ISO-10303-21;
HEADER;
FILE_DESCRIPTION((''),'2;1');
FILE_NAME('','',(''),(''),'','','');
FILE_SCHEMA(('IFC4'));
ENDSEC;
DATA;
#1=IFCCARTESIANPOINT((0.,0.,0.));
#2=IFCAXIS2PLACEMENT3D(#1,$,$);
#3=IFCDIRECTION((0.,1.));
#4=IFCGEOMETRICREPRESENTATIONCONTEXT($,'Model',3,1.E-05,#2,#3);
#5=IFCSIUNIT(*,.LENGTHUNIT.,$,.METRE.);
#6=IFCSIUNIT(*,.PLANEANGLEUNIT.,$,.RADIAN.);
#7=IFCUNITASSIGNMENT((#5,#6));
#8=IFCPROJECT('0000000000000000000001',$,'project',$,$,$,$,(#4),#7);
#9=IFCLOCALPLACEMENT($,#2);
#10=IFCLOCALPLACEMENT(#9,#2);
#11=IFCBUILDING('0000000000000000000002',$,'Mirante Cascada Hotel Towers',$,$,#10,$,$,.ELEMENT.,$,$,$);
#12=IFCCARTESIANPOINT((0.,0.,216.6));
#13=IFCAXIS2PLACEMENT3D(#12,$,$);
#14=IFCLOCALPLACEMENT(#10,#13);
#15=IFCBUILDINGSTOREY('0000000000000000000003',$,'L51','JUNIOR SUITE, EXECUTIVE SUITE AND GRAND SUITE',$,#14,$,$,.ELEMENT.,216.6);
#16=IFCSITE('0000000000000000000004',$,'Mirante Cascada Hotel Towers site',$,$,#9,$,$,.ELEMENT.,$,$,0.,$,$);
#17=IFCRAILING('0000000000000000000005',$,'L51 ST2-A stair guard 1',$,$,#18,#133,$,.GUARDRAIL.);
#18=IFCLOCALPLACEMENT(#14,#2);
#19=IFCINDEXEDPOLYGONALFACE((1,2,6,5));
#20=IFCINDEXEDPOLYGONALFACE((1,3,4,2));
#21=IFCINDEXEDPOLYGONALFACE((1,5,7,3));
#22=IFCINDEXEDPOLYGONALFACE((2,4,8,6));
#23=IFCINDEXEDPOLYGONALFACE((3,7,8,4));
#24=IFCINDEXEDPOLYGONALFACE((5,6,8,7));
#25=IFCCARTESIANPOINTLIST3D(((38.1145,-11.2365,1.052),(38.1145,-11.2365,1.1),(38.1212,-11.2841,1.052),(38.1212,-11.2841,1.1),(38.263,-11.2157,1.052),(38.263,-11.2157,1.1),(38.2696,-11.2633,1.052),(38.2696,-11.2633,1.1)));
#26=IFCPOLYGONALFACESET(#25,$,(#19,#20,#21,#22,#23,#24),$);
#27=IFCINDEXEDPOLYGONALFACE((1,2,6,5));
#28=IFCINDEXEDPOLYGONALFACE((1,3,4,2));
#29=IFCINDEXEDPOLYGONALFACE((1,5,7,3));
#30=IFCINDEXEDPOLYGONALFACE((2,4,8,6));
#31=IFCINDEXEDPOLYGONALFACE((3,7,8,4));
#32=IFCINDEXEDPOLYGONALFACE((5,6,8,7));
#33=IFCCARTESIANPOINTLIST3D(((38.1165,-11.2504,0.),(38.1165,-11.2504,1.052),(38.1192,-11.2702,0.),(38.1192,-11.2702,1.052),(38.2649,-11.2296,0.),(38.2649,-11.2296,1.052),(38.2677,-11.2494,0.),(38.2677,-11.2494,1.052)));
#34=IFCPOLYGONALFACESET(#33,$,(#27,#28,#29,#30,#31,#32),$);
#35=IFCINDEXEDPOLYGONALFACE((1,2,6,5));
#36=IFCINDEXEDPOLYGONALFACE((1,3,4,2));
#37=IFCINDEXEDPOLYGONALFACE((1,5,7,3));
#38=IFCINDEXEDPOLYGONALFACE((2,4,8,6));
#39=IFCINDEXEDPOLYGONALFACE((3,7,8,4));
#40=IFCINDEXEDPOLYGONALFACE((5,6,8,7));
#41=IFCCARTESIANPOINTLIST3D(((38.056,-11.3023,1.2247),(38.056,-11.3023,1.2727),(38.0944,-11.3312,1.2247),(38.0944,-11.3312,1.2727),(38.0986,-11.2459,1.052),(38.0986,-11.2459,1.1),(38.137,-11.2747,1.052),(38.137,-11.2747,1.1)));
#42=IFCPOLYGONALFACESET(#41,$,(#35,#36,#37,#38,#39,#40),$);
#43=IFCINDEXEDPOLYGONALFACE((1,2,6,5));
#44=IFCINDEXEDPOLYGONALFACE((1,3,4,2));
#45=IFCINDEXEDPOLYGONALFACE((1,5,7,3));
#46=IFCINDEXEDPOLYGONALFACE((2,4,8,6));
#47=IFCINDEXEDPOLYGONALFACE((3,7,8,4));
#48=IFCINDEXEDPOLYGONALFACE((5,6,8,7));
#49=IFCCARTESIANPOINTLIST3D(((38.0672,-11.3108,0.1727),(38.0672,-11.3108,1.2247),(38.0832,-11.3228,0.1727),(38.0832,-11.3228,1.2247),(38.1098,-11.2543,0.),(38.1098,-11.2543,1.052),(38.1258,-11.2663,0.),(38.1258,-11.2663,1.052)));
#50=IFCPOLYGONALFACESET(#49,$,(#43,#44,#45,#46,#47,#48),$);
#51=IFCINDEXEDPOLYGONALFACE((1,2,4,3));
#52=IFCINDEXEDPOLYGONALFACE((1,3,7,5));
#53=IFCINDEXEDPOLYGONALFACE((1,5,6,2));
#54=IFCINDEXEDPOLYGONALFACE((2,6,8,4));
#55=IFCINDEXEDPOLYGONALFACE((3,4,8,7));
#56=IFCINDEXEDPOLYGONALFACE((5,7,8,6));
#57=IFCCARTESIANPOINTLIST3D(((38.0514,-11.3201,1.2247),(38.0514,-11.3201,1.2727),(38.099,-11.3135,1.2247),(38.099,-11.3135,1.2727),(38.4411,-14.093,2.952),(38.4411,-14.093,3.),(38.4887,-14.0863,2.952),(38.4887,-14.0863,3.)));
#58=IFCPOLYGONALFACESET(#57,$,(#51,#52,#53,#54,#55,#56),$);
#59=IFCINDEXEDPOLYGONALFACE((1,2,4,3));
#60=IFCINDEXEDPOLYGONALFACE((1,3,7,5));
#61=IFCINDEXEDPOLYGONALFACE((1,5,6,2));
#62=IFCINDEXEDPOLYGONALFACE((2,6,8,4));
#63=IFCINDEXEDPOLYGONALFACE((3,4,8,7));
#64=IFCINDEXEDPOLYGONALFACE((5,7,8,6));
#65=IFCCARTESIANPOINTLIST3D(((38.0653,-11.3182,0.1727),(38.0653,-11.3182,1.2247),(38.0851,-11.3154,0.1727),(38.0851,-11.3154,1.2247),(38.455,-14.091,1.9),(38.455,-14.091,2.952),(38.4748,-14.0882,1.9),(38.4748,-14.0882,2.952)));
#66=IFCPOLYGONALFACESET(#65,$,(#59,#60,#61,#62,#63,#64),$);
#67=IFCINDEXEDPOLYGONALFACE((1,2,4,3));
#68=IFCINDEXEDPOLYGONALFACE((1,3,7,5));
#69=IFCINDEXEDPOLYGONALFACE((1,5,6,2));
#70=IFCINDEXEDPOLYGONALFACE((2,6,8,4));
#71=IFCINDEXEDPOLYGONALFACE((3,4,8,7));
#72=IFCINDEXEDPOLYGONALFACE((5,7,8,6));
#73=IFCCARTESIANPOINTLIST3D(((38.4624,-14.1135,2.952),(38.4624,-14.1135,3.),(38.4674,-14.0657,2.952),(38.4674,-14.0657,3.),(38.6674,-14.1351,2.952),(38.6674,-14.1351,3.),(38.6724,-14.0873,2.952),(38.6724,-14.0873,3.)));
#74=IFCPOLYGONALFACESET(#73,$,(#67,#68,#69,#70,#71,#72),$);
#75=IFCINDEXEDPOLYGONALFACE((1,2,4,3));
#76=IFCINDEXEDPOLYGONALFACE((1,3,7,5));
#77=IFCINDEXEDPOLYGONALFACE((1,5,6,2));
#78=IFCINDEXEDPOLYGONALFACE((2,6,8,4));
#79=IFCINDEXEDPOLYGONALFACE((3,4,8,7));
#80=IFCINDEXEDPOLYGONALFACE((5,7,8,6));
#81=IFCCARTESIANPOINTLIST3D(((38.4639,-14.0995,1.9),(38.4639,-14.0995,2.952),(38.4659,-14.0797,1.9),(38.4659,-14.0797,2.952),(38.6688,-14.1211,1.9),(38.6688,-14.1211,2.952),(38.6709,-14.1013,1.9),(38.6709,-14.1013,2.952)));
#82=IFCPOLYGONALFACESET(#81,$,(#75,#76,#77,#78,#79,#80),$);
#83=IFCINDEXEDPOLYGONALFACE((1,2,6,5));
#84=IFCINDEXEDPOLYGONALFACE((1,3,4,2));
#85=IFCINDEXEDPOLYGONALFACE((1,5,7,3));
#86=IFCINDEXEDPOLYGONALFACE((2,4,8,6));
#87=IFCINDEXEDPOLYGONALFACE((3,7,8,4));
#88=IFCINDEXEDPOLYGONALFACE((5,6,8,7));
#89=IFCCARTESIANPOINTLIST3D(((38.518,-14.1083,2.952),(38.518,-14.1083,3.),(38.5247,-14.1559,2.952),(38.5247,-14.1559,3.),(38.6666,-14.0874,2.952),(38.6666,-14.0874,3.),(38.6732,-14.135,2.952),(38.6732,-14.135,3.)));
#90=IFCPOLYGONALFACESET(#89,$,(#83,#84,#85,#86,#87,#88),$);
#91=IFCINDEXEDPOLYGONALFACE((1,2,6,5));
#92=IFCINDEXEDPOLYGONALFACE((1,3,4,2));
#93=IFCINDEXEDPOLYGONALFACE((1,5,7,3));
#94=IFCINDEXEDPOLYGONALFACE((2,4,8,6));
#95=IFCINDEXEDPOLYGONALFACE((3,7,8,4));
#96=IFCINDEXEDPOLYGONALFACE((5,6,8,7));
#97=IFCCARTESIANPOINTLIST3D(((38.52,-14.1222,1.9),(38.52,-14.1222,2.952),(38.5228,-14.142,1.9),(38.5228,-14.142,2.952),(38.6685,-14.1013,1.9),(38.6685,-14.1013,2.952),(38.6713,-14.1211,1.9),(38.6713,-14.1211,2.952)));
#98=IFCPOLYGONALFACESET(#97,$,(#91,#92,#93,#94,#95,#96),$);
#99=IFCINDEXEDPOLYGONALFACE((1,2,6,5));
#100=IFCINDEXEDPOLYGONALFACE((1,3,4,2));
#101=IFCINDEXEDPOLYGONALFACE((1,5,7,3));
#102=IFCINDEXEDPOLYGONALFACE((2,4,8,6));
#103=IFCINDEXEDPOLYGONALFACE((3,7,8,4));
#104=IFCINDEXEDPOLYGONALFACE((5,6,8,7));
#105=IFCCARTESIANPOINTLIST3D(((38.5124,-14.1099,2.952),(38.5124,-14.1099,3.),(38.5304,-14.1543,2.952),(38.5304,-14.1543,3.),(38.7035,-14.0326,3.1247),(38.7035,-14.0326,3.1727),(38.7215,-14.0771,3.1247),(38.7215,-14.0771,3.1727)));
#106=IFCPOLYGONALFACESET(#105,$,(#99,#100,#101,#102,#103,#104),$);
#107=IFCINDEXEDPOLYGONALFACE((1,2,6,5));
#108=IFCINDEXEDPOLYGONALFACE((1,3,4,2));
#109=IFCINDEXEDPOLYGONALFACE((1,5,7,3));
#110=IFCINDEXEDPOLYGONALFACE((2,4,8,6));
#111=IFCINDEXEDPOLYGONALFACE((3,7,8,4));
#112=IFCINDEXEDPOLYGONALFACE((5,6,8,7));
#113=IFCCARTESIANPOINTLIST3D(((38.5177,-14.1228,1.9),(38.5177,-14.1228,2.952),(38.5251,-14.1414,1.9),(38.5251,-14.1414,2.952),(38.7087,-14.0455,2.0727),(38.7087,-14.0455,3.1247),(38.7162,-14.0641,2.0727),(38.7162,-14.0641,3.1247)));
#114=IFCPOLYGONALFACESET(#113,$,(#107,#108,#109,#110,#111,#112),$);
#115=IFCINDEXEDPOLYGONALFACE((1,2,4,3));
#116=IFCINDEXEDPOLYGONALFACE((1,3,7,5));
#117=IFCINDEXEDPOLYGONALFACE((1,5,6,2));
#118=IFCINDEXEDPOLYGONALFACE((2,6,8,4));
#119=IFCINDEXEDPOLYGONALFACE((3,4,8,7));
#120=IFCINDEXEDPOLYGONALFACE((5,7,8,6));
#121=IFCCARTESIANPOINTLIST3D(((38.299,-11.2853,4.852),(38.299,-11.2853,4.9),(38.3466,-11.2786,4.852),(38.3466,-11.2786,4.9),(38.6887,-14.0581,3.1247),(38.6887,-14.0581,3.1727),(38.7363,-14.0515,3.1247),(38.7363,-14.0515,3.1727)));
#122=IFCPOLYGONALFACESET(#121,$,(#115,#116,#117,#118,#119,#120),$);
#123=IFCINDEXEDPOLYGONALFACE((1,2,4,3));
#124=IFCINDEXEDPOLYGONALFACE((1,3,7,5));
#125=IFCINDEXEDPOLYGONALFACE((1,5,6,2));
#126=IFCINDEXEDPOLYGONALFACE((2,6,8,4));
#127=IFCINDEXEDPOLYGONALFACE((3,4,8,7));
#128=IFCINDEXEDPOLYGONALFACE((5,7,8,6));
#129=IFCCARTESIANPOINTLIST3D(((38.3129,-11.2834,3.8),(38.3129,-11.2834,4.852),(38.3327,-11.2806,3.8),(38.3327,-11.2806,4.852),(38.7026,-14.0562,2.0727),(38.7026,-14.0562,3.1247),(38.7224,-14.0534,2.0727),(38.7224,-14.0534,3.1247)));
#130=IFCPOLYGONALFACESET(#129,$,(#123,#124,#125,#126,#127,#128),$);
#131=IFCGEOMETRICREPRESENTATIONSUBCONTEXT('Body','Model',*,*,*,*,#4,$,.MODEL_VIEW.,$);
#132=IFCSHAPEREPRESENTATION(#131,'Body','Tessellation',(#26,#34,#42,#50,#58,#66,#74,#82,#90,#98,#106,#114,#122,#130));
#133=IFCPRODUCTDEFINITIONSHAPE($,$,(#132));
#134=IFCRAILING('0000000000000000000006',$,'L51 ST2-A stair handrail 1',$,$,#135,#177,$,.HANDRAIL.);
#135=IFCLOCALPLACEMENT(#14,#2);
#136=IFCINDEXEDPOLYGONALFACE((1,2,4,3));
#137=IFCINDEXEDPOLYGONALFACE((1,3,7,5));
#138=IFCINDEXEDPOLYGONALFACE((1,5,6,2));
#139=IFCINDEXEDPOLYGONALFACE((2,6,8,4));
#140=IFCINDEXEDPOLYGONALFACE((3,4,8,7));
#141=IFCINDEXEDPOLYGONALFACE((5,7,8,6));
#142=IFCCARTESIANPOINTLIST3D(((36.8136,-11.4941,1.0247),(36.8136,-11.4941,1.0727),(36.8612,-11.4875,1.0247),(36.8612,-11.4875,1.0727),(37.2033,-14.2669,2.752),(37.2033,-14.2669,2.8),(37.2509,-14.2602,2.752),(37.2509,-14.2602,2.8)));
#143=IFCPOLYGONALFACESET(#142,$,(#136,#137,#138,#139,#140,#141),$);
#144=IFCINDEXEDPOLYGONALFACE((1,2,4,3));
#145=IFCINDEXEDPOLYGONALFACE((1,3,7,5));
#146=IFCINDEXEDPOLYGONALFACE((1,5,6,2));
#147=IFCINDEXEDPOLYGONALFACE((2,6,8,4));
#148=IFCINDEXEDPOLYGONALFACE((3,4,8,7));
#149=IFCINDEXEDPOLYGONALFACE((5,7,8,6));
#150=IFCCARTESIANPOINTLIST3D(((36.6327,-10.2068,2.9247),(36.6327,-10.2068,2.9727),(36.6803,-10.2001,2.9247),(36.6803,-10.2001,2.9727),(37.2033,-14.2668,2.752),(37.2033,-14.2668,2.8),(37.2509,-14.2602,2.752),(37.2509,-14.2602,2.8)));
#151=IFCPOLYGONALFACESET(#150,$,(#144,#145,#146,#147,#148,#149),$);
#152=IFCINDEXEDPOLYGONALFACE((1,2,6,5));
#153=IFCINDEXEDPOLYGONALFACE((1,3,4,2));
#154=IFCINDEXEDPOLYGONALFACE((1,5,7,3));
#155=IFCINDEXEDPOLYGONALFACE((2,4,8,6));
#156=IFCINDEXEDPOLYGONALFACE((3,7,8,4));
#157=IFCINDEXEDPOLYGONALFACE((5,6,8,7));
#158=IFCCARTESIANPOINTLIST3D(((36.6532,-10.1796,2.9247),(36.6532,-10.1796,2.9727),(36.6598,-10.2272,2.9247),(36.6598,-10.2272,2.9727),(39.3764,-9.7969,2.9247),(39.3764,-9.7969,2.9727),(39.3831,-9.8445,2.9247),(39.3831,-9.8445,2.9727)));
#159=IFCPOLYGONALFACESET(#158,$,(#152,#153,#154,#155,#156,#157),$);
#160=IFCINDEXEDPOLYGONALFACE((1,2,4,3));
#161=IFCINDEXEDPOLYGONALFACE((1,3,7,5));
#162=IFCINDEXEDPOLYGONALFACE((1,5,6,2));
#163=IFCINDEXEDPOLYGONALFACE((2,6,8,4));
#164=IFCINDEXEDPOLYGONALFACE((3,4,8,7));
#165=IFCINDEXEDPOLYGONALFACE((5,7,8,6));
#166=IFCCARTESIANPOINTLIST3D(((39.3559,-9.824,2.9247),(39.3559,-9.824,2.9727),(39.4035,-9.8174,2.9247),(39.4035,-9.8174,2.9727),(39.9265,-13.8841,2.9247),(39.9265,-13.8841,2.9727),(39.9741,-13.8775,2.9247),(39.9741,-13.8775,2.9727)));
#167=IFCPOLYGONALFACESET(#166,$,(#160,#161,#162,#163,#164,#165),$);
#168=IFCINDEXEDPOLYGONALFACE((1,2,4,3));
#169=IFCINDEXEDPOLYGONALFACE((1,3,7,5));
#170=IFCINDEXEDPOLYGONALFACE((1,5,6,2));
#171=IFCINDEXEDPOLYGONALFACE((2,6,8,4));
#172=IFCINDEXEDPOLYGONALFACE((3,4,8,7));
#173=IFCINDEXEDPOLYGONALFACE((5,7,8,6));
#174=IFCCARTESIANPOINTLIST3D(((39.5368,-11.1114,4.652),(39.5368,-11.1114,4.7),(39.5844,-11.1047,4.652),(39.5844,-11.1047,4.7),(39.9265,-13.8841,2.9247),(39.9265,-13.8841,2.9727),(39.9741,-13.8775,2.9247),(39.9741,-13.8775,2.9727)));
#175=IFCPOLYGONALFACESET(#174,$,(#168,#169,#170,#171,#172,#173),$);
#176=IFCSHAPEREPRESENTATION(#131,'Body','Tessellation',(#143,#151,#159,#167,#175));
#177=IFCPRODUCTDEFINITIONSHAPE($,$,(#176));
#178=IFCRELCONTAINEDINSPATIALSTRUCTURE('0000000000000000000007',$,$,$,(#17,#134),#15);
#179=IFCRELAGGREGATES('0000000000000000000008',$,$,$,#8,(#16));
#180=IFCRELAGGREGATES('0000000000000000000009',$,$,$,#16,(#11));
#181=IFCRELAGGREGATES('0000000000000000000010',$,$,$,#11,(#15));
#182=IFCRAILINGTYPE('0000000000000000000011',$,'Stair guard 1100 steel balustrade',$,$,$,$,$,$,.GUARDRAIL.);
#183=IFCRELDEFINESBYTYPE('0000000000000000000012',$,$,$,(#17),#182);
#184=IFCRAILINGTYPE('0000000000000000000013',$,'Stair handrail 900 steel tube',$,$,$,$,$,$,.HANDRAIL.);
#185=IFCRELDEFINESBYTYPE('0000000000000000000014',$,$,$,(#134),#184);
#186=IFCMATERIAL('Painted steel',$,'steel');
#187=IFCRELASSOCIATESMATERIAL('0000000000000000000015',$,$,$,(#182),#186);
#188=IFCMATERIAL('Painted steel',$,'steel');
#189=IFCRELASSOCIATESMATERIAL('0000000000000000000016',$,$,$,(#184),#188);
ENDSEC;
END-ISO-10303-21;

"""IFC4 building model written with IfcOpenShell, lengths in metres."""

from ifc_helpers import new_model, si_unit, direction, frame, origin, origin_2d, place, context, subcontext, project, spatial, rectangle, extrude, material, type_object, element, save


model = new_model("IFC4")

# Units and contexts
model_context = context("Model", 3, precision=1e-05, world=origin(), true_north=direction((0.0, 1.0)))
body_context = subcontext(model_context, "Body", "Model", "MODEL_VIEW")
ifc_project = project(units=[si_unit("LENGTHUNIT", "METRE"), si_unit("PLANEANGLEUNIT", "RADIAN")], contexts=[model_context])

# Site, building, storey
site_placement = place(None, origin())
site = spatial("IfcSite", under=ifc_project, at=site_placement, Name="Mirante Cascada Hotel Towers site", CompositionType="ELEMENT", RefElevation=0.0)
building_placement = place(site_placement, origin())
building = spatial("IfcBuilding", under=site, at=building_placement, Name="Mirante Cascada Hotel Towers", CompositionType="ELEMENT")
storey_placement = place(building_placement, frame((0.0, 0.0, 216.6)))
storey = spatial("IfcBuildingStorey", under=building, at=storey_placement, Name="L51", Description="JUNIOR SUITE, EXECUTIVE SUITE AND GRAND SUITE", CompositionType="ELEMENT", Elevation=216.6)

# Railings
ifc_material_1 = material(Name="Painted steel", Category="steel")
railing_type_1 = type_object("IfcRailingType", Name="Stair guard 1100 steel balustrade", PredefinedType="GUARDRAIL", material=ifc_material_1)
railing_1_placement = place(storey_placement, frame((38.2663, -11.2395, 0.0)))
element("IfcRailing", 1, at=railing_1_placement, inside=storey, type_object=railing_type_1, Name="L51 ST2-A stair guard 1", PredefinedType="GUARDRAIL", context=body_context, shape_type="SweptSolid", body=[
    extrude(rectangle(XDim=0.048, YDim=0.048, at=origin_2d()), frame((0.0, 0.0, 1.076), z_axis=(-0.990333, -0.138713, 0.0), x_axis=(0.138713, -0.990333, 0.0)), (0.0, 0.0, 1.0), 0.1499),
    extrude(rectangle(XDim=0.02, YDim=1.052, at=origin_2d()), frame((0.0, 0.0, 0.526), z_axis=(-0.990333, -0.138713, 0.0), x_axis=(0.138713, -0.990333, 0.0)), (0.0, 0.0, 1.0), 0.1499),
    extrude(rectangle(XDim=0.048, YDim=0.048, at=origin_2d()), frame((-0.1485, -0.0208, 1.076), z_axis=(-0.602033, -0.798471, 0.0), x_axis=(0.798471, -0.602033, 0.0)), (0.0, 0.92534, 0.379139), 0.1866),
    extrude(rectangle(XDim=0.02, YDim=1.052, at=origin_2d()), frame((-0.1485, -0.0208, 0.526), z_axis=(-0.602033, -0.798471, 0.0), x_axis=(0.798471, -0.602033, 0.0)), (0.0, 0.92534, 0.379139), 0.1866),
    extrude(rectangle(XDim=0.048, YDim=0.048, at=origin_2d()), frame((-0.1911, -0.0773, 1.2487), z_axis=(0.139176, -0.990268, 0.0), x_axis=(0.990268, 0.139176, 0.0)), (0.0, 0.525021, 0.851089), 3.29),
    extrude(rectangle(XDim=0.02, YDim=1.052, at=origin_2d()), frame((-0.1911, -0.0773, 0.6987), z_axis=(0.139176, -0.990268, 0.0), x_axis=(0.990268, 0.139176, 0.0)), (0.0, 0.525021, 0.851089), 3.29),
    extrude(rectangle(XDim=0.048, YDim=0.048, at=origin_2d()), frame((0.1986, -2.8501, 2.976), z_axis=(0.994495, -0.104786, 0.0), x_axis=(0.104786, 0.994495, 0.0)), (0.0, 0.0, 1.0), 0.2061),
    extrude(rectangle(XDim=0.02, YDim=1.052, at=origin_2d()), frame((0.1986, -2.8501, 2.426), z_axis=(0.994495, -0.104786, 0.0), x_axis=(0.104786, 0.994495, 0.0)), (0.0, 0.0, 1.0), 0.2061),
    extrude(rectangle(XDim=0.048, YDim=0.048, at=origin_2d()), frame((0.4036, -2.8717, 2.976), z_axis=(-0.990241, -0.139367, 0.0), x_axis=(0.139367, -0.990241, 0.0)), (0.0, 0.0, 1.0), 0.15),
    extrude(rectangle(XDim=0.02, YDim=1.052, at=origin_2d()), frame((0.4036, -2.8717, 2.426), z_axis=(-0.990241, -0.139367, 0.0), x_axis=(0.139367, -0.990241, 0.0)), (0.0, 0.0, 1.0), 0.15),
    extrude(rectangle(XDim=0.048, YDim=0.048, at=origin_2d()), frame((0.2551, -2.8926, 2.976), z_axis=(0.927031, 0.374984, 0.0), x_axis=(-0.374984, 0.927031, 0.0)), (0.0, 0.64219, 0.766545), 0.2689),
    extrude(rectangle(XDim=0.02, YDim=1.052, at=origin_2d()), frame((0.2551, -2.8926, 2.426), z_axis=(0.927031, 0.374984, 0.0), x_axis=(-0.374984, 0.927031, 0.0)), (0.0, 0.64219, 0.766545), 0.2689),
    extrude(rectangle(XDim=0.048, YDim=0.048, at=origin_2d()), frame((0.4462, -2.8153, 3.1487), z_axis=(-0.139176, 0.990268, 0.0), x_axis=(-0.990268, -0.139176, 0.0)), (0.0, 0.525021, 0.851089), 3.29),
    extrude(rectangle(XDim=0.02, YDim=1.052, at=origin_2d()), frame((0.4462, -2.8153, 2.5987), z_axis=(-0.139176, 0.990268, 0.0), x_axis=(-0.990268, -0.139176, 0.0)), (0.0, 0.525021, 0.851089), 3.29),
])
ifc_material_2 = material(Name="Painted steel", Category="steel")
railing_type_2 = type_object("IfcRailingType", Name="Stair handrail 900 steel tube", PredefinedType="HANDRAIL", material=ifc_material_2)
railing_2_placement = place(storey_placement, frame((36.8374, -11.4908, 0.1727)))
element("IfcRailing", 2, at=railing_2_placement, inside=storey, type_object=railing_type_2, Name="L51 ST2-A stair handrail 1", PredefinedType="HANDRAIL", context=body_context, shape_type="SweptSolid", body=[
    extrude(rectangle(XDim=0.048, YDim=0.048, at=origin_2d()), frame((0.0, 0.0, 0.876), z_axis=(0.139181, -0.990267, 0.0), x_axis=(0.990267, 0.139181, 0.0)), (0.0, 0.525035, 0.851081), 3.2899),
    extrude(rectangle(XDim=0.048, YDim=0.048, at=origin_2d()), frame((0.3897, -2.7727, 2.6033), z_axis=(-0.139171, 0.990268, 0.0), x_axis=(-0.990268, -0.139171, 0.0)), (0.0, 0.042085, 0.999114), 4.1036),
    extrude(rectangle(XDim=0.048, YDim=0.048, at=origin_2d()), frame((-0.1809, 1.2874, 2.776), z_axis=(0.990269, 0.139166, 0.0), x_axis=(-0.139166, 0.990269, 0.0)), (0.0, 0.0, 1.0), 2.75),
    extrude(rectangle(XDim=0.048, YDim=0.048, at=origin_2d()), frame((2.5423, 1.6701, 2.776), z_axis=(0.139171, -0.990268, 0.0), x_axis=(0.990268, 0.139171, 0.0)), (0.0, 0.0, 1.0), 4.1),
    extrude(rectangle(XDim=0.048, YDim=0.048, at=origin_2d()), frame((3.1129, -2.39, 2.776), z_axis=(-0.139181, 0.990267, 0.0), x_axis=(-0.990267, -0.139181, 0.0)), (0.0, 0.525035, 0.851081), 3.2899),
])

save(model, "model.ifc")
